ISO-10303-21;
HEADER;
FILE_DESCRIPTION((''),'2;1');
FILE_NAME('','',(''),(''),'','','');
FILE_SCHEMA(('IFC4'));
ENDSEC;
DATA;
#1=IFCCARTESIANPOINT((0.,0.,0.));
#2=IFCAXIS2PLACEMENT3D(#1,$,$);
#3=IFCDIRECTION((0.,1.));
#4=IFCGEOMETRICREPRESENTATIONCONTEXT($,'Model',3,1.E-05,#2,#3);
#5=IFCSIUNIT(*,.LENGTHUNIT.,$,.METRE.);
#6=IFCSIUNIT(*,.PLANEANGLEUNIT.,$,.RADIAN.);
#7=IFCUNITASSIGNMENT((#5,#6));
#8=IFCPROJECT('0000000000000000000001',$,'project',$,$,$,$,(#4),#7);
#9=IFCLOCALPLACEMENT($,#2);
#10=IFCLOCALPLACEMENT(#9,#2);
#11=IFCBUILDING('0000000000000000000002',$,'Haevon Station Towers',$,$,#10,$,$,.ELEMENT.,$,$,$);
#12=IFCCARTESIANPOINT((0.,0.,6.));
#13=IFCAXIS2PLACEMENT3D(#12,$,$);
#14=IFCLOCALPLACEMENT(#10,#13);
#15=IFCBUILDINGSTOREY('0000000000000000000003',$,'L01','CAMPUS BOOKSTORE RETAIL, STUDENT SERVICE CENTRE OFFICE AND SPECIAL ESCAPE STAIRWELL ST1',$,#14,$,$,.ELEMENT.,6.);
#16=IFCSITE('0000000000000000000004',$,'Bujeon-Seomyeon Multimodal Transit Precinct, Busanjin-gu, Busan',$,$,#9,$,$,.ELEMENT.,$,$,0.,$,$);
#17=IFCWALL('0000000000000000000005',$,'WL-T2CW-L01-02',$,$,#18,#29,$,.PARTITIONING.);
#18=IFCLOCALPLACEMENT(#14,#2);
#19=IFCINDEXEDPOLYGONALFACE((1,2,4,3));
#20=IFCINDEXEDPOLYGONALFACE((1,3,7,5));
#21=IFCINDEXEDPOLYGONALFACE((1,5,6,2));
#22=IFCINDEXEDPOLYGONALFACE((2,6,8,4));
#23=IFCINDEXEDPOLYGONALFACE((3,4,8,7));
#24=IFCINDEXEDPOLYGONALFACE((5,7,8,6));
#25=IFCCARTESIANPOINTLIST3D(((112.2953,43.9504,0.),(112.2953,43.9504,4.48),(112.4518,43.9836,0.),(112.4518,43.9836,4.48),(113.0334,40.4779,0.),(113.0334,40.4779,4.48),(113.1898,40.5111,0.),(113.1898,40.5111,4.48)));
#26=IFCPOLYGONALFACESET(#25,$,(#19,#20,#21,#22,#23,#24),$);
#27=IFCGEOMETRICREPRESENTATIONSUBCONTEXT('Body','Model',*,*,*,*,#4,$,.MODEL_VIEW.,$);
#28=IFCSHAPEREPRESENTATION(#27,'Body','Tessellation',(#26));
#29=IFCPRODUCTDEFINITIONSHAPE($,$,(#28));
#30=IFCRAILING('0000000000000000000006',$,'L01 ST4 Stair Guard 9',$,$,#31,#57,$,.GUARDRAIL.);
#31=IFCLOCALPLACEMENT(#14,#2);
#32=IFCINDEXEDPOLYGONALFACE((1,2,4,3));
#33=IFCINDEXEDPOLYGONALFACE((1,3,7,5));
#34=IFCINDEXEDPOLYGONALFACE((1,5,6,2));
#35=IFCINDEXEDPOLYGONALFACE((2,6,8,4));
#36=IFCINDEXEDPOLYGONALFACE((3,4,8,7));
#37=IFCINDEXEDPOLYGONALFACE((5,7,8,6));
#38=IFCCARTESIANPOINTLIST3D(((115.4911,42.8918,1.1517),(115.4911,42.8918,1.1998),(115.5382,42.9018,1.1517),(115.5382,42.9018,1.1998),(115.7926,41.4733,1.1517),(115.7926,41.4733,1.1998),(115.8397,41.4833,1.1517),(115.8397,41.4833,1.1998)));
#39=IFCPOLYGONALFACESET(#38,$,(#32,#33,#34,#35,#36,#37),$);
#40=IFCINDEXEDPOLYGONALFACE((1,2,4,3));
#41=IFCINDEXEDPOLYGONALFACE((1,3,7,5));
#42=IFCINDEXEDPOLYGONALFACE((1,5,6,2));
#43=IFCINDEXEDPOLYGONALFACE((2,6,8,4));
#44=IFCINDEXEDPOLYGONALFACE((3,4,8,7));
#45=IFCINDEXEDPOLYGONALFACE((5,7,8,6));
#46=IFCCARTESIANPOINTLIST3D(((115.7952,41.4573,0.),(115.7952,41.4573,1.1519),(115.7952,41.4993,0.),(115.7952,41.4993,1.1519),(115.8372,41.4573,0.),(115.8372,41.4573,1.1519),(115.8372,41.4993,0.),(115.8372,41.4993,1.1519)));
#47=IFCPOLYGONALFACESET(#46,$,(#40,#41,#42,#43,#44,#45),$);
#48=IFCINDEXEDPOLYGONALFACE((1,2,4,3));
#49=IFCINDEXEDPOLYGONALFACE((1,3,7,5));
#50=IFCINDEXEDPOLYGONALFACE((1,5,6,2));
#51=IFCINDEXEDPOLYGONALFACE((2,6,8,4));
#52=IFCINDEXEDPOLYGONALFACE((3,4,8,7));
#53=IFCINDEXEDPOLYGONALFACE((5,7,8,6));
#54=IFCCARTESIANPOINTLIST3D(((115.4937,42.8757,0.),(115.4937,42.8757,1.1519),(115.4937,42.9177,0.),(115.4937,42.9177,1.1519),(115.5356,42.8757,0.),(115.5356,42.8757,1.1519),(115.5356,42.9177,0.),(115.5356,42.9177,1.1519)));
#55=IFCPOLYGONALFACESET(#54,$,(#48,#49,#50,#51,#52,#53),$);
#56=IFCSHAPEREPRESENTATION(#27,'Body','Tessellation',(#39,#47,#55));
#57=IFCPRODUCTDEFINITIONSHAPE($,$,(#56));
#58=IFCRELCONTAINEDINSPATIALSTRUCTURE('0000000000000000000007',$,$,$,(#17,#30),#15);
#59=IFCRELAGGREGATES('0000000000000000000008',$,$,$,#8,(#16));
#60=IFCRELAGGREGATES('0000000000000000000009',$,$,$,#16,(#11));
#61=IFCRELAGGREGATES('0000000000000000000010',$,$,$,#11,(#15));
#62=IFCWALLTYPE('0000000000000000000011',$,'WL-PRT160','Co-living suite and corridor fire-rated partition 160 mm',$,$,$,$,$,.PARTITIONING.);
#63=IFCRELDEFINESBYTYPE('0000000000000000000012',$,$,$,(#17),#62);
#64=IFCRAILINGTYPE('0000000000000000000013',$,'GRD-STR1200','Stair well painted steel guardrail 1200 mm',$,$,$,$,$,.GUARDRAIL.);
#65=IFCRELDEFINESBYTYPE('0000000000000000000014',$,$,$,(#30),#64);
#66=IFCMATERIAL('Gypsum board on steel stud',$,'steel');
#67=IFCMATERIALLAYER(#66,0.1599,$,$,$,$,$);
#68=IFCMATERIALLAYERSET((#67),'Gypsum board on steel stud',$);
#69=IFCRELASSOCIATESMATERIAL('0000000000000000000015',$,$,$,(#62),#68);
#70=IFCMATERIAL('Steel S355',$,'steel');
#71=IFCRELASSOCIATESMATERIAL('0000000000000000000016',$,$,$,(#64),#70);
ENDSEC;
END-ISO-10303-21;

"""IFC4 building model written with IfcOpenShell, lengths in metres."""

from ifc_helpers import new_model, si_unit, direction, frame, frame_2d, origin, origin_2d, place, context, subcontext, project, spatial, rectangle, extrude, material, layer, layer_set, type_object, element, save


model = new_model("IFC4")

# Units and contexts
model_context = context("Model", 3, precision=1e-05, world=origin(), true_north=direction((0.0, 1.0)))
body_context = subcontext(model_context, "Body", "Model", "MODEL_VIEW")
ifc_project = project(units=[si_unit("LENGTHUNIT", "METRE"), si_unit("PLANEANGLEUNIT", "RADIAN")], contexts=[model_context])

# Site, building, storey
site_placement = place(None, origin())
site = spatial("IfcSite", under=ifc_project, at=site_placement, Name="Bujeon-Seomyeon Multimodal Transit Precinct, Busanjin-gu, Busan", CompositionType="ELEMENT", RefElevation=0.0)
building_placement = place(site_placement, origin())
building = spatial("IfcBuilding", under=site, at=building_placement, Name="Haevon Station Towers", CompositionType="ELEMENT")
storey_placement = place(building_placement, frame((0.0, 0.0, 6.0)))
storey = spatial("IfcBuildingStorey", under=building, at=storey_placement, Name="L01", Description="CAMPUS BOOKSTORE RETAIL, STUDENT SERVICE CENTRE OFFICE AND SPECIAL ESCAPE STAIRWELL ST1", CompositionType="ELEMENT", Elevation=6.0)

# Shared definitions
ifc_material_1 = material(Name="Steel S355", Category="steel")

# Shared definitions
ifc_material_2 = material(Name="Gypsum board on steel stud", Category="steel")

# Wall
ifc_layer_1 = layer(ifc_material_2, 0.1599)
ifc_layer_set_1 = layer_set([ifc_layer_1], Name="Gypsum board on steel stud")
wall_type_1 = type_object("IfcWallType", Name="WL-PRT160", Description="Co-living suite and corridor fire-rated partition 160 mm", PredefinedType="PARTITIONING", material=ifc_layer_set_1)
wall_1_placement = place(storey_placement, frame((113.1116, 40.4946, 0.0), z_axis=(0.0, 0.0, 1.0), x_axis=(-0.207899, 0.97815, 0.0)))
element("IfcWall", 1, at=wall_1_placement, inside=storey, type_object=wall_type_1, Name="WL-T2CW-L01-02", PredefinedType="PARTITIONING", context=body_context, shape_type="SweptSolid", body=[
    extrude(rectangle(XDim=3.55, YDim=0.1599, at=frame_2d((1.7749, 0.0))), origin(), (0.0, 0.0, 1.0), 4.48),
])

# Railing
railing_type = type_object("IfcRailingType", Name="GRD-STR1200", Description="Stair well painted steel guardrail 1200 mm", PredefinedType="GUARDRAIL", material=ifc_material_1)
railing_placement = place(storey_placement, frame((115.8162, 41.4783, 0.0)))
element("IfcRailing", 2, at=railing_placement, inside=storey, type_object=railing_type, Name="L01 ST4 Stair Guard 9", PredefinedType="GUARDRAIL", context=body_context, shape_type="SweptSolid", body=[
    extrude(rectangle(XDim=0.0481, YDim=0.0481, at=origin_2d()), frame((0.0, 0.0, 1.1758), z_axis=(-0.207919, 0.978146, 0.0), x_axis=(-0.978146, -0.207919, 0.0)), (0.0, 0.0, 1.0), 1.4502),
    extrude(rectangle(XDim=0.042, YDim=0.042, at=origin_2d()), origin(), (0.0, 0.0, 1.0), 1.1519),
    extrude(rectangle(XDim=0.042, YDim=0.042, at=origin_2d()), frame((-0.3015, 1.4185, 0.0)), (0.0, 0.0, 1.0), 1.1519),
])

save(model, "model.ifc")
